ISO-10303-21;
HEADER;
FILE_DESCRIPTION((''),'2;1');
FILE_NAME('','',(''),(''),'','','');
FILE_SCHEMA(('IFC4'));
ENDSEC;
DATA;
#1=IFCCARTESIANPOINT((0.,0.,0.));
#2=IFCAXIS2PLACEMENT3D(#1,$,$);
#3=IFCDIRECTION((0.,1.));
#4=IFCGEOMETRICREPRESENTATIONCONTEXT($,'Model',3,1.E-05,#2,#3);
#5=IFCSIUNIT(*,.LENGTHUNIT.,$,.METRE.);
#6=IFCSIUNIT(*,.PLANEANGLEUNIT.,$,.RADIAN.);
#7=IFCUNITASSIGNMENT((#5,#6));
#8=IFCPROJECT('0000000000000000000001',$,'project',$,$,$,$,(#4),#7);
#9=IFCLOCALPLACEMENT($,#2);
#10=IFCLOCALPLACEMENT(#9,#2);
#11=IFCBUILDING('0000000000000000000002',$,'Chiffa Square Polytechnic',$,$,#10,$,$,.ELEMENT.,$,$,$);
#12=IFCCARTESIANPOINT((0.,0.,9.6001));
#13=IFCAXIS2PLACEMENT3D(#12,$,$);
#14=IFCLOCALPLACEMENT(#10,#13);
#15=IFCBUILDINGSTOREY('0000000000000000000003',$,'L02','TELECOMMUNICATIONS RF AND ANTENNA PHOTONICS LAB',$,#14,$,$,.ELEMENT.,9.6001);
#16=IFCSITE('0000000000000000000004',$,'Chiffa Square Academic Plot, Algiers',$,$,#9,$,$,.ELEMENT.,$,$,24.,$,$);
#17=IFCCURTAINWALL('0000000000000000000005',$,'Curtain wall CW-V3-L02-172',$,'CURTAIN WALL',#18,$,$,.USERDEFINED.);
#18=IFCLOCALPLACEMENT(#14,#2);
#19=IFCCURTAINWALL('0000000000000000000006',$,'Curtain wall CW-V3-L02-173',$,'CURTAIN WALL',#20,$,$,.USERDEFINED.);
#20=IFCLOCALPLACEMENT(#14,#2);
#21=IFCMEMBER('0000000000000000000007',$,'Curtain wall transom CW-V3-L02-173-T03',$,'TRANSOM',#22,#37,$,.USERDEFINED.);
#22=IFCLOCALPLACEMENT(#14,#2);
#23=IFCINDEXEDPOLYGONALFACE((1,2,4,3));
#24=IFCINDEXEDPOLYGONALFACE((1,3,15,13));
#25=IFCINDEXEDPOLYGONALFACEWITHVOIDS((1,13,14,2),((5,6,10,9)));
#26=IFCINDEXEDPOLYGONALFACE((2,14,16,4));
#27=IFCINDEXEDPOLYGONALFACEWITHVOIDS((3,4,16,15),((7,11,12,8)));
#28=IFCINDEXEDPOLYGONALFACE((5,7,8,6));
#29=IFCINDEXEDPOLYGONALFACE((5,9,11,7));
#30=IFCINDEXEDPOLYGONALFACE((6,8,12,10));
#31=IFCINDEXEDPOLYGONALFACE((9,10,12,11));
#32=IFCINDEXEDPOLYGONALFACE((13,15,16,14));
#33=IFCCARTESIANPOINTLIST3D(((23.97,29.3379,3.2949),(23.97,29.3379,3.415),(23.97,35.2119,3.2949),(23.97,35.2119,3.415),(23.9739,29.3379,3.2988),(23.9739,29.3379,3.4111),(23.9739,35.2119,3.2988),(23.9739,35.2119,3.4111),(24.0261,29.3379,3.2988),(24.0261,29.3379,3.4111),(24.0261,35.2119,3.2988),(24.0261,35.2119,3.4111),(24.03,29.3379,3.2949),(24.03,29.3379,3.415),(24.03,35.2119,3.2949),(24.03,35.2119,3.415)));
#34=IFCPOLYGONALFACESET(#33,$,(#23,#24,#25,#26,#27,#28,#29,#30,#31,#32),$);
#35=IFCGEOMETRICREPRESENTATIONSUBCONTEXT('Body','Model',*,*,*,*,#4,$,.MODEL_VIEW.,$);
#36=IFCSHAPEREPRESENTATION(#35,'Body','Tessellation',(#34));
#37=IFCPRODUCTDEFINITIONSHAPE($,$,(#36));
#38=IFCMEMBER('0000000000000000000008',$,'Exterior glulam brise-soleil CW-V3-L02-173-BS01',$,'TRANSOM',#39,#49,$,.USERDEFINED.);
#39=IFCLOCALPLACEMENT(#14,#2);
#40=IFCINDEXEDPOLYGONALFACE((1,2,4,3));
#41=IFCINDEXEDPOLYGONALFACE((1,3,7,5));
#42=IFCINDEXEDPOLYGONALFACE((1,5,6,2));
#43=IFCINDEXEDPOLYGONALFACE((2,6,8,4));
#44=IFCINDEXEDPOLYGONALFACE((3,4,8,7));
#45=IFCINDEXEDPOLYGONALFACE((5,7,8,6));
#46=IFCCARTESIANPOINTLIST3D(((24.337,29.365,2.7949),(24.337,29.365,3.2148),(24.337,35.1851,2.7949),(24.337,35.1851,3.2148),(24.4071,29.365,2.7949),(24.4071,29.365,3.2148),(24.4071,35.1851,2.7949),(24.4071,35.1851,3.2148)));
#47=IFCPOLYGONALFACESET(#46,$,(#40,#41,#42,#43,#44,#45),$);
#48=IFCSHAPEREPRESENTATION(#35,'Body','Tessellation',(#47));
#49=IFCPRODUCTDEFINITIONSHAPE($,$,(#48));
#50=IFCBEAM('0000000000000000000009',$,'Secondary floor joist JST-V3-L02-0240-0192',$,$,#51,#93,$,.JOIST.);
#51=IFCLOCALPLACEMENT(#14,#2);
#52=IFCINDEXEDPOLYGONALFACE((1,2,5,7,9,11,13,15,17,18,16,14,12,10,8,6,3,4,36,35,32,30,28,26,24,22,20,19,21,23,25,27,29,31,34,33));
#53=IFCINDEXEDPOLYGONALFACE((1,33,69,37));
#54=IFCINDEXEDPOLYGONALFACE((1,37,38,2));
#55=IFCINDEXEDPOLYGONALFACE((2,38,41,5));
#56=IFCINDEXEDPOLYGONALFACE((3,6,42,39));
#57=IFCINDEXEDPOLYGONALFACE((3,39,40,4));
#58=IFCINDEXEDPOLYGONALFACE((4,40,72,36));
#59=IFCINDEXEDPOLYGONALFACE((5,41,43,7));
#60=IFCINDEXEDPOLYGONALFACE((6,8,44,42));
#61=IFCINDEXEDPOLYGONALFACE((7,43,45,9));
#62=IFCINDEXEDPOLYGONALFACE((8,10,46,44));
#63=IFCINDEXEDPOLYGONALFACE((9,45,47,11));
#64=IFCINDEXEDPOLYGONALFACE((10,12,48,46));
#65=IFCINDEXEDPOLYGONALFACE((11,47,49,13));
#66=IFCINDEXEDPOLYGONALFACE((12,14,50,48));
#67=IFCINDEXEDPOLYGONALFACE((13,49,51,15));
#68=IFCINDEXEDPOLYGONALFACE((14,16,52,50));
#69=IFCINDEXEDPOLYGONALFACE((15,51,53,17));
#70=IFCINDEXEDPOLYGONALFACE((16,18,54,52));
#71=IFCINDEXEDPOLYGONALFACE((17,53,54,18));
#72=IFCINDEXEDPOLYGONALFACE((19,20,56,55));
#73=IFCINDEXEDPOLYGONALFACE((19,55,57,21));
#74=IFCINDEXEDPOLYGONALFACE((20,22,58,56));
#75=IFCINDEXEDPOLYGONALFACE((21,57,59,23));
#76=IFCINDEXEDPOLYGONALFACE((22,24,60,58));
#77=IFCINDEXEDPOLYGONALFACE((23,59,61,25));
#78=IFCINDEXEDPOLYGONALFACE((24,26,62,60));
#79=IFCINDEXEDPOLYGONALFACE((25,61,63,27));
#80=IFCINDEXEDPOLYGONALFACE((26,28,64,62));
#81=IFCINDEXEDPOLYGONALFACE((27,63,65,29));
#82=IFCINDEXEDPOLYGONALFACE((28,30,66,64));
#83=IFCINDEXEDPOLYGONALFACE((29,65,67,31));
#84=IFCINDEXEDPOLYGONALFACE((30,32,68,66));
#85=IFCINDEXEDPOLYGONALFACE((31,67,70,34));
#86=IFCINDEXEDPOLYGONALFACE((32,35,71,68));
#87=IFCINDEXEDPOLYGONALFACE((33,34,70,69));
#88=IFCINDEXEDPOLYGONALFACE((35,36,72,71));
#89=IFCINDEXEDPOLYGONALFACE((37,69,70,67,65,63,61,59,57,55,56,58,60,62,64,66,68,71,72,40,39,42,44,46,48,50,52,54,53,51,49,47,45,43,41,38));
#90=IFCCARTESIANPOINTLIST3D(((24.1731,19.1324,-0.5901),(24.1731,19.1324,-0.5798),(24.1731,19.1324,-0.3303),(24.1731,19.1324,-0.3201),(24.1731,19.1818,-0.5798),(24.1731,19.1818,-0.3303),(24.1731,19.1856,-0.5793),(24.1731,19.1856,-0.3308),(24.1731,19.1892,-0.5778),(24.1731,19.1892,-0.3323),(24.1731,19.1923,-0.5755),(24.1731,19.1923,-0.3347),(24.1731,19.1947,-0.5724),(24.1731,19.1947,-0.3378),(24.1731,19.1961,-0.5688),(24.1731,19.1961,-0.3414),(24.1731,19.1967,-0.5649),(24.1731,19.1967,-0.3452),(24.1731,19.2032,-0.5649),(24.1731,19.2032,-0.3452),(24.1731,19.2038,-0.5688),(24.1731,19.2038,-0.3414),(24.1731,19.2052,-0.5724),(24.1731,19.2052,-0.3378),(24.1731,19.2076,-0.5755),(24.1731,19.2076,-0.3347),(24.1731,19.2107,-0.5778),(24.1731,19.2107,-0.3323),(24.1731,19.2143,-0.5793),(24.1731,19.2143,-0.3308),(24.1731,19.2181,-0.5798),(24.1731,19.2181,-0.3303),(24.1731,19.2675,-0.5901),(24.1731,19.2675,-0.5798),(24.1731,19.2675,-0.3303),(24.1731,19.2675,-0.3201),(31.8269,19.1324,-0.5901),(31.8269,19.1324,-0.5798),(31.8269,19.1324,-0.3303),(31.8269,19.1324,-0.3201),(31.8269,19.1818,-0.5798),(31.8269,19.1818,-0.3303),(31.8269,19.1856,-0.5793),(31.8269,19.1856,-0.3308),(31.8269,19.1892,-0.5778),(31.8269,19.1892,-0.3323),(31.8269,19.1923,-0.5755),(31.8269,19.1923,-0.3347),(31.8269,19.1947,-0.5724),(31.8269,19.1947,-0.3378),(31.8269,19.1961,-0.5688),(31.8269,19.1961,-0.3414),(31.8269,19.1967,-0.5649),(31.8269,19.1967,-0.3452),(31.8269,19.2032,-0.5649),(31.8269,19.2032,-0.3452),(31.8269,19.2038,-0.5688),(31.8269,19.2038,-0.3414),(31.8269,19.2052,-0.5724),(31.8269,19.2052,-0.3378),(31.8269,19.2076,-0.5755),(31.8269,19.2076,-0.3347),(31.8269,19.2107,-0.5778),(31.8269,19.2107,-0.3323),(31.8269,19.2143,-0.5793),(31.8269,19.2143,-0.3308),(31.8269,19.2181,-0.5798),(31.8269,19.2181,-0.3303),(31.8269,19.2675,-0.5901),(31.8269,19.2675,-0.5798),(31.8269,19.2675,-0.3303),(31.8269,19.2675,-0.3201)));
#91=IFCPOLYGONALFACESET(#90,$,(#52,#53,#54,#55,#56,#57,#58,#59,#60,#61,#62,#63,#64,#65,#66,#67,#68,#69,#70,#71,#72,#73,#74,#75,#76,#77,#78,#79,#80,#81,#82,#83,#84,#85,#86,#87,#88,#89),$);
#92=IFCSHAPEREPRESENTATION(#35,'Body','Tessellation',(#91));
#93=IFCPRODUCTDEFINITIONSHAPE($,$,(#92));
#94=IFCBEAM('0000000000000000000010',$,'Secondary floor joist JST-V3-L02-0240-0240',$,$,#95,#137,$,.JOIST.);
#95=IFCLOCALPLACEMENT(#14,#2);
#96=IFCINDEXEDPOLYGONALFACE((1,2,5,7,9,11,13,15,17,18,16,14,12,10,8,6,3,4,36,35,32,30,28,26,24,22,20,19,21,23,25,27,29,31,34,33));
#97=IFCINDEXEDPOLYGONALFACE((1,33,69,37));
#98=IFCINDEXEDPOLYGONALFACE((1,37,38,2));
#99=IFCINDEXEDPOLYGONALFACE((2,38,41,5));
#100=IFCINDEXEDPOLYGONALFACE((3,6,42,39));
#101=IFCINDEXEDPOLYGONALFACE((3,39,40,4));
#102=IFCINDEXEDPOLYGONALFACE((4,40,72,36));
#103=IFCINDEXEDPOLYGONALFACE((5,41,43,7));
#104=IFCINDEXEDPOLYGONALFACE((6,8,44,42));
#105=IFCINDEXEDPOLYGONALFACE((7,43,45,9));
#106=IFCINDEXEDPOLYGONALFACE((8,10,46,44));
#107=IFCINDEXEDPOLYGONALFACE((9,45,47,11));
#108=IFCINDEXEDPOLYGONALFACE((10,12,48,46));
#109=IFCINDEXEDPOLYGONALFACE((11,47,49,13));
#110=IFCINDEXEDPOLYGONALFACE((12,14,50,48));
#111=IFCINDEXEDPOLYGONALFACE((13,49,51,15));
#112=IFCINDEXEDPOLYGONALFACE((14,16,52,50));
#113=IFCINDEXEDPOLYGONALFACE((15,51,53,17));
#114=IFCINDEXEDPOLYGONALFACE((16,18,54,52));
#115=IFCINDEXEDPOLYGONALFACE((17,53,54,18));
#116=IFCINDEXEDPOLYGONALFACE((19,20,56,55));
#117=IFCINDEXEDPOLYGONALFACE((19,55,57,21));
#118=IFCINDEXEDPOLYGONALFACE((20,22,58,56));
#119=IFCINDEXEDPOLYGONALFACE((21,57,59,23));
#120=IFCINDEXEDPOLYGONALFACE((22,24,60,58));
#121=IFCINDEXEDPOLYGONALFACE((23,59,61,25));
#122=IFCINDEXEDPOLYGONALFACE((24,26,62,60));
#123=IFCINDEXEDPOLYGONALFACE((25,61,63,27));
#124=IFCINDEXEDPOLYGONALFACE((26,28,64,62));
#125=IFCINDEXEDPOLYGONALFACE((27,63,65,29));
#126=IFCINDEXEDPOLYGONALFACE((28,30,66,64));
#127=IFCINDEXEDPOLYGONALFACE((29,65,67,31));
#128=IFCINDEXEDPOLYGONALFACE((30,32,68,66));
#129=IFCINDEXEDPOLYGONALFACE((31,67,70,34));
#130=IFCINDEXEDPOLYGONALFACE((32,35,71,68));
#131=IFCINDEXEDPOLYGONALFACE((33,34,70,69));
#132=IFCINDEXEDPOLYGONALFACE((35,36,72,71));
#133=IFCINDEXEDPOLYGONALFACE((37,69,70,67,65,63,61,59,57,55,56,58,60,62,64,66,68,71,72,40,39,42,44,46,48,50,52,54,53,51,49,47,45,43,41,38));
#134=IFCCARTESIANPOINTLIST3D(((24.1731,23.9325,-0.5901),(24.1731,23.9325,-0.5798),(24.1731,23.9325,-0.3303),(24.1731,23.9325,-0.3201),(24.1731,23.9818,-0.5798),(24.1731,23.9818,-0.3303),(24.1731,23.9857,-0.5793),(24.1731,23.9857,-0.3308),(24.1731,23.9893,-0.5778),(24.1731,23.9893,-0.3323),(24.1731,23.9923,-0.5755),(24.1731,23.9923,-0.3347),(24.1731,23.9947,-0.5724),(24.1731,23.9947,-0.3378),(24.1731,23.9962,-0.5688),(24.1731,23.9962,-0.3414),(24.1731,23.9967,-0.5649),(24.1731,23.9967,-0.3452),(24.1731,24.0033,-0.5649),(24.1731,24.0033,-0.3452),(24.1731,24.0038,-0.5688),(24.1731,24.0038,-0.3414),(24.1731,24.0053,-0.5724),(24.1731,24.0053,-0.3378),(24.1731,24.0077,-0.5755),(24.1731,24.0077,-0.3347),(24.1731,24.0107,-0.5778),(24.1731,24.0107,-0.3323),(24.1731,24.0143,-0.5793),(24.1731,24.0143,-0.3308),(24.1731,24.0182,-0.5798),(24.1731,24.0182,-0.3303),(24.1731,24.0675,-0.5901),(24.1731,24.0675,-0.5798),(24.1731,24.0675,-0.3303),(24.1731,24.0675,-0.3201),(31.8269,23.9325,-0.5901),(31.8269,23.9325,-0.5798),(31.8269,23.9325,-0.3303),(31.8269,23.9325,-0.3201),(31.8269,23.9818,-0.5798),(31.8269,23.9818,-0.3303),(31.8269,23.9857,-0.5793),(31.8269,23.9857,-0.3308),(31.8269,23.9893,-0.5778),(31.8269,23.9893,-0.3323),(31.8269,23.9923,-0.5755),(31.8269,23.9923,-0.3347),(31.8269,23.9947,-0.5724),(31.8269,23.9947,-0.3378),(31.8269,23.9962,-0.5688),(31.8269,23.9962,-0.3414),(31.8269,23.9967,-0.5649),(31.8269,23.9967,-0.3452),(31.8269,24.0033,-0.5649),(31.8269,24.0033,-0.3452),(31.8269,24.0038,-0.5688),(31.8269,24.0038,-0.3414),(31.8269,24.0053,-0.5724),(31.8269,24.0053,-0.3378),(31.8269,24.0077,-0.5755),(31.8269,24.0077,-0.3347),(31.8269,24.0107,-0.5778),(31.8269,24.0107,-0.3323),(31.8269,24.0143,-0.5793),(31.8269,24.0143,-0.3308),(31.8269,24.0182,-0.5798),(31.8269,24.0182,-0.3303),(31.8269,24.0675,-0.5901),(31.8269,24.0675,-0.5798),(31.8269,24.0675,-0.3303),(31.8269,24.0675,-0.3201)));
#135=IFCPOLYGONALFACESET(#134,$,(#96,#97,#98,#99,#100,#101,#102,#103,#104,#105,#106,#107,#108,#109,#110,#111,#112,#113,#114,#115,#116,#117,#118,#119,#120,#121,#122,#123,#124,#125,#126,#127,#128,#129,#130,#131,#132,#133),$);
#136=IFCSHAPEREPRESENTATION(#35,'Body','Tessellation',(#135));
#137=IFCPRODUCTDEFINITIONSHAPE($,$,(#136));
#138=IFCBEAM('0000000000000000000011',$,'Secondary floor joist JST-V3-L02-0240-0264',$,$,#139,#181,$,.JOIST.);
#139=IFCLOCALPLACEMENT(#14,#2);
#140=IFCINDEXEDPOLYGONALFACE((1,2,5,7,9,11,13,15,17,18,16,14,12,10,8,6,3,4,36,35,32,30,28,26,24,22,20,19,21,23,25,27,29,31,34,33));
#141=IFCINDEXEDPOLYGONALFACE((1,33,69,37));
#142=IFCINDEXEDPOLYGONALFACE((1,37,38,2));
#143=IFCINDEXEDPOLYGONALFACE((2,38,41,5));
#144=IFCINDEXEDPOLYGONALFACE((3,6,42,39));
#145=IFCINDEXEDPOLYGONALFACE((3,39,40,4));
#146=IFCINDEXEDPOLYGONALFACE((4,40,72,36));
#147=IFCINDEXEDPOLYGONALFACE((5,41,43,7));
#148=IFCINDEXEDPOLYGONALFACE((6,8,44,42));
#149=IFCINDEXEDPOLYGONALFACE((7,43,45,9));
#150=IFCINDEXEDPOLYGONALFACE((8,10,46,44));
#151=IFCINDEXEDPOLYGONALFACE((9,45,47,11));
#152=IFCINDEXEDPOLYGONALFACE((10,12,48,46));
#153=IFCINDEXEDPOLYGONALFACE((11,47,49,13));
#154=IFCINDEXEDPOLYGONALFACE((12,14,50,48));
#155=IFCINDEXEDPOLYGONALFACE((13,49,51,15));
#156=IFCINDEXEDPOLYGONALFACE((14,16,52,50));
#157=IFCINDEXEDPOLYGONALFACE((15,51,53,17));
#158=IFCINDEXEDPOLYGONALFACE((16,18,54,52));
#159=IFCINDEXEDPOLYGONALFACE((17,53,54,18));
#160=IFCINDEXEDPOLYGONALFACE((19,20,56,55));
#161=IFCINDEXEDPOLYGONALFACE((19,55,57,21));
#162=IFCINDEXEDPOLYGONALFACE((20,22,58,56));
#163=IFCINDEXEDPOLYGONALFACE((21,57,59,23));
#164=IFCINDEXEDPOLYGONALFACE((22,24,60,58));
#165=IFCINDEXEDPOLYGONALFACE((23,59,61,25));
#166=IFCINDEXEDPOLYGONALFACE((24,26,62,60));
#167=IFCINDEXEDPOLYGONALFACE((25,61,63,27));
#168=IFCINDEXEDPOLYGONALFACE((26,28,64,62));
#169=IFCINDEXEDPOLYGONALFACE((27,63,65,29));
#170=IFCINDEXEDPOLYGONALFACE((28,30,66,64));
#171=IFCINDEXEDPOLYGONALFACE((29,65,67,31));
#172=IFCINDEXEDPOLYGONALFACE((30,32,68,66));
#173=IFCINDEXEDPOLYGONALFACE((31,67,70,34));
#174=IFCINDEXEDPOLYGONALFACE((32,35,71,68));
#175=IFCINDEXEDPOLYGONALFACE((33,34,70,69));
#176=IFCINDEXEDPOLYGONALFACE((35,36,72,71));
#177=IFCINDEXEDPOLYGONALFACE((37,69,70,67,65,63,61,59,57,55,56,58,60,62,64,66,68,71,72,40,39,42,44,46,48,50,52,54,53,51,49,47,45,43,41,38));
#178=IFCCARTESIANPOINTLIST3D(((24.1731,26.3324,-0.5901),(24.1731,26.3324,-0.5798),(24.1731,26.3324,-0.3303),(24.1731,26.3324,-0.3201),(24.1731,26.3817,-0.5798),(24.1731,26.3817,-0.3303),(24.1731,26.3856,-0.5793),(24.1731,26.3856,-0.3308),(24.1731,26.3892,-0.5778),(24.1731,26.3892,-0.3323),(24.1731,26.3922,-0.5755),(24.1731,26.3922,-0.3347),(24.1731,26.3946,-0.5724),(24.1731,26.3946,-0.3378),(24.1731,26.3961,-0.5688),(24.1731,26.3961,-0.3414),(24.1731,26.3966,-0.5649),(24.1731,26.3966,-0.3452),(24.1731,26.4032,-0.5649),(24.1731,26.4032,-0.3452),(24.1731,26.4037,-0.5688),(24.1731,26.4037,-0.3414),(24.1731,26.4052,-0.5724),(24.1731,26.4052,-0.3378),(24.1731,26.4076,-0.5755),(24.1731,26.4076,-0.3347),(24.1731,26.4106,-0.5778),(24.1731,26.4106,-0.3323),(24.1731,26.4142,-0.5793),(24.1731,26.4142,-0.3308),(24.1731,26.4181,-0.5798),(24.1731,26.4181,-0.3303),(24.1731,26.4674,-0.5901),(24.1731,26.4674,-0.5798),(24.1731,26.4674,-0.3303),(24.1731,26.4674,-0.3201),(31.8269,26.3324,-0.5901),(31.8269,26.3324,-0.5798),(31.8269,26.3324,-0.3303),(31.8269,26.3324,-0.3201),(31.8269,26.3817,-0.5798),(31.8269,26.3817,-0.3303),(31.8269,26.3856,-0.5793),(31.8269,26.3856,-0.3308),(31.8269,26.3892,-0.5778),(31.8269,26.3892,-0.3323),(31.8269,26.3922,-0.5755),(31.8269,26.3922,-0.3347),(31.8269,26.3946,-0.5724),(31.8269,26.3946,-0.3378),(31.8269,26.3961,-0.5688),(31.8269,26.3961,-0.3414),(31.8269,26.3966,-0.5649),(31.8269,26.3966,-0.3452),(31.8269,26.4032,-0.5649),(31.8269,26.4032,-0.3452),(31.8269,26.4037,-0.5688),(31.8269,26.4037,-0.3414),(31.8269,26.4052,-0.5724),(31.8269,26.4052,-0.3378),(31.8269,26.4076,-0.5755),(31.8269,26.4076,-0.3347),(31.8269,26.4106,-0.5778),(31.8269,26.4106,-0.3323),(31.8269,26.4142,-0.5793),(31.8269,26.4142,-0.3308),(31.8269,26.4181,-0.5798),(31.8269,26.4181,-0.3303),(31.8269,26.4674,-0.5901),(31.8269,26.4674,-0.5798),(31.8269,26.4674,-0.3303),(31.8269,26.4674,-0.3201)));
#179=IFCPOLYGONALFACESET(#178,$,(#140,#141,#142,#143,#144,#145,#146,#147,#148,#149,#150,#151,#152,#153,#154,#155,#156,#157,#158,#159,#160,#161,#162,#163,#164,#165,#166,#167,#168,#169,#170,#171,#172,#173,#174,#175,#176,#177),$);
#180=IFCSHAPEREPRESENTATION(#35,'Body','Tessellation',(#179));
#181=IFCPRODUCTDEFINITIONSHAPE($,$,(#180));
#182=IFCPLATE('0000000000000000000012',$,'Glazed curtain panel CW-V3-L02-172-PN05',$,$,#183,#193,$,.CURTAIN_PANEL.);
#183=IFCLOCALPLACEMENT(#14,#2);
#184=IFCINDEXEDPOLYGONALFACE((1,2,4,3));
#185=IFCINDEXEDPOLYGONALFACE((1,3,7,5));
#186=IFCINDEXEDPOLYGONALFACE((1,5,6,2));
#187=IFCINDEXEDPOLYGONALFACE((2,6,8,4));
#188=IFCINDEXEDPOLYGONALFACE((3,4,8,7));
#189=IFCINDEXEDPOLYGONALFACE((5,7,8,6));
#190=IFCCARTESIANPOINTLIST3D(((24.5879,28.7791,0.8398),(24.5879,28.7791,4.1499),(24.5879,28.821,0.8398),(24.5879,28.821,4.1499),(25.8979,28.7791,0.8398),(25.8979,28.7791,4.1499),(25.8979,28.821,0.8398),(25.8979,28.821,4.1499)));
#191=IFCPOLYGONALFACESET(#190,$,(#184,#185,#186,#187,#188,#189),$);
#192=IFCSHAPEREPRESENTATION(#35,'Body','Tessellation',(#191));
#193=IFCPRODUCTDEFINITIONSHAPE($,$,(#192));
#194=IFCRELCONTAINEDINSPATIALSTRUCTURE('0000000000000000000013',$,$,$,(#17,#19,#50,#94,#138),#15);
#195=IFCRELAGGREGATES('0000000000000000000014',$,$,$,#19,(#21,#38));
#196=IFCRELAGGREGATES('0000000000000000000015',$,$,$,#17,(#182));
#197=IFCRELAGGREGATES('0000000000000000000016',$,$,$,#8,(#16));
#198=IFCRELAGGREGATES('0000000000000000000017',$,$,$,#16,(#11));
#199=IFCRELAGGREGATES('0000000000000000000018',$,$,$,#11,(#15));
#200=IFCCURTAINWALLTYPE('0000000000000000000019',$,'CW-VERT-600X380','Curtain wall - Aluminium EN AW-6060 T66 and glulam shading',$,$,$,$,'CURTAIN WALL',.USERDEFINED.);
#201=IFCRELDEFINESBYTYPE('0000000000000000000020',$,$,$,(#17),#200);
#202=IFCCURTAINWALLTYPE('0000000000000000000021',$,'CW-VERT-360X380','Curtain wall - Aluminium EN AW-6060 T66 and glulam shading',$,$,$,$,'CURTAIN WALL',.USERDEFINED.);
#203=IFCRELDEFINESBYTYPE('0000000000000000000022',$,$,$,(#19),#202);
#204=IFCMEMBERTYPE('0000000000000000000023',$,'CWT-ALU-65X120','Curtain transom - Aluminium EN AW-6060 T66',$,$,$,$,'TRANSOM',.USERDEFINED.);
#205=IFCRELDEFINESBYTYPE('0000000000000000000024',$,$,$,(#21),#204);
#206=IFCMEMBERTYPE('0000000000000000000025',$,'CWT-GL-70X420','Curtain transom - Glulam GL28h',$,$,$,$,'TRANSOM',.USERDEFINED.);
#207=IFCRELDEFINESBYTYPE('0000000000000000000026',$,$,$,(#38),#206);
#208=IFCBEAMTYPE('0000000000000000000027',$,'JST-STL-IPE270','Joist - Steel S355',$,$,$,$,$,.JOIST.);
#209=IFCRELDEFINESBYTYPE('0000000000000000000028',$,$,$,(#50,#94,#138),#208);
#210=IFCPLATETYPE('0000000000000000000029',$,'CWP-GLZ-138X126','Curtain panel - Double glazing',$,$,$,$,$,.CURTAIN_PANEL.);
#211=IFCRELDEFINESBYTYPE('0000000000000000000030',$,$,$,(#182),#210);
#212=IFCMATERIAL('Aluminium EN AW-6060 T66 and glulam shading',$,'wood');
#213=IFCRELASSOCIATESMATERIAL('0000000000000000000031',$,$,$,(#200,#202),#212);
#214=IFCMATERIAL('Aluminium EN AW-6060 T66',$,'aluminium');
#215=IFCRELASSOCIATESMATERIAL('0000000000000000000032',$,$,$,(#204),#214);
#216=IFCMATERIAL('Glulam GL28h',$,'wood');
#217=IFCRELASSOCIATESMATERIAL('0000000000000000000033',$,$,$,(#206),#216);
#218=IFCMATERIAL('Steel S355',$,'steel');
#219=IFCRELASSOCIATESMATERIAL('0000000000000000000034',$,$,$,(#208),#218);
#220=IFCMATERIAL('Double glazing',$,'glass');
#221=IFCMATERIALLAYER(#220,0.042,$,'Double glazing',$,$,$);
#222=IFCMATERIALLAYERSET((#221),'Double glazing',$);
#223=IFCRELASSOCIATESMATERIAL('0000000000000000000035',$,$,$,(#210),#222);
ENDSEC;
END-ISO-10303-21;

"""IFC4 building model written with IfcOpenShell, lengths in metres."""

from ifc_helpers import new_model, si_unit, direction, frame, origin, origin_2d, place, context, subcontext, project, spatial, rectangle, hollow_rectangle, i_section, extrude, material, layer, layer_set, material_profile, profile_set, type_object, element, aggregate, save


model = new_model("IFC4")

# Units and contexts
model_context = context("Model", 3, precision=1e-05, world=origin(), true_north=direction((0.0, 1.0)))
body_context = subcontext(model_context, "Body", "Model", "MODEL_VIEW")
ifc_project = project(units=[si_unit("LENGTHUNIT", "METRE"), si_unit("PLANEANGLEUNIT", "RADIAN")], contexts=[model_context])

# Site, building, storey
site_placement = place(None, origin())
site = spatial("IfcSite", under=ifc_project, at=site_placement, Name="Chiffa Square Academic Plot, Algiers", CompositionType="ELEMENT", RefElevation=24.0)
building_placement = place(site_placement, origin())
building = spatial("IfcBuilding", under=site, at=building_placement, Name="Chiffa Square Polytechnic", CompositionType="ELEMENT")
storey_placement = place(building_placement, frame((0.0, 0.0, 9.6001)))
storey = spatial("IfcBuildingStorey", under=building, at=storey_placement, Name="L02", Description="TELECOMMUNICATIONS RF AND ANTENNA PHOTONICS LAB", CompositionType="ELEMENT", Elevation=9.6001)

# Curtain walls
ifc_material_1 = material(Name="Aluminium EN AW-6060 T66 and glulam shading", Category="wood")
curtain_wall_type_1 = type_object("IfcCurtainWallType", Name="CW-VERT-600X380", Description="Curtain wall - Aluminium EN AW-6060 T66 and glulam shading", ElementType="CURTAIN WALL", PredefinedType="USERDEFINED", material=ifc_material_1)
curtain_wall_1_placement = place(storey_placement, origin())
curtain_wall_1 = element("IfcCurtainWall", 1, at=curtain_wall_1_placement, inside=storey, type_object=curtain_wall_type_1, Name="Curtain wall CW-V3-L02-172", ObjectType="CURTAIN WALL", PredefinedType="USERDEFINED")
ifc_material_2 = material(Name="Aluminium EN AW-6060 T66", Category="aluminium")
curtain_wall_type_2 = type_object("IfcCurtainWallType", Name="CW-VERT-360X380", Description="Curtain wall - Aluminium EN AW-6060 T66 and glulam shading", ElementType="CURTAIN WALL", PredefinedType="USERDEFINED", material=ifc_material_1)
curtain_wall_2_placement = place(storey_placement, origin())
curtain_wall_2 = element("IfcCurtainWall", 2, at=curtain_wall_2_placement, inside=storey, type_object=curtain_wall_type_2, Name="Curtain wall CW-V3-L02-173", ObjectType="CURTAIN WALL", PredefinedType="USERDEFINED")

# Members
ifc_material_3 = material(Name="Glulam GL28h", Category="wood")
ifc_material_profile_1 = material_profile(ifc_material_2, hollow_rectangle(XDim=0.0601, YDim=0.1201, WallThickness=0.0039, at=origin_2d()), Name="ALU 60x120x4")
ifc_profile_set_1 = profile_set([ifc_material_profile_1], Name="Aluminium EN AW-6060 T66")
member_type_1 = type_object("IfcMemberType", Name="CWT-ALU-65X120", Description="Curtain transom - Aluminium EN AW-6060 T66", ElementType="TRANSOM", PredefinedType="USERDEFINED", material=ifc_profile_set_1)
member_1_placement = place(storey_placement, frame((24.0, 29.3379, 3.355), z_axis=(0.0, 1.0, 0.0), x_axis=(-1.0, 0.0, 0.0)))
member_1 = element("IfcMember", 3, at=member_1_placement, type_object=member_type_1, Name="Curtain wall transom CW-V3-L02-173-T03", ObjectType="TRANSOM", PredefinedType="USERDEFINED", context=body_context, shape_type="SweptSolid", body=[
    extrude(hollow_rectangle(XDim=0.0601, YDim=0.1201, WallThickness=0.0039, at=origin_2d()), origin(), (0.0, 0.0, 1.0), 5.874),
])
ifc_material_profile_2 = material_profile(ifc_material_3, rectangle(XDim=0.0701, YDim=0.4199, at=origin_2d()), Name="GL28h 70x420")
ifc_profile_set_2 = profile_set([ifc_material_profile_2], Name="Glulam GL28h")
member_type_2 = type_object("IfcMemberType", Name="CWT-GL-70X420", Description="Curtain transom - Glulam GL28h", ElementType="TRANSOM", PredefinedType="USERDEFINED", material=ifc_profile_set_2)
member_2_placement = place(storey_placement, frame((24.3721, 29.365, 3.0049), z_axis=(0.0, 1.0, 0.0), x_axis=(-1.0, 0.0, 0.0)))
member_2 = element("IfcMember", 4, at=member_2_placement, type_object=member_type_2, Name="Exterior glulam brise-soleil CW-V3-L02-173-BS01", ObjectType="TRANSOM", PredefinedType="USERDEFINED", context=body_context, shape_type="SweptSolid", body=[
    extrude(rectangle(XDim=0.0701, YDim=0.4199, at=origin_2d()), origin(), (0.0, 0.0, 1.0), 5.8201),
])
aggregate(curtain_wall_2, [member_1, member_2])

# Beams
ifc_material_4 = material(Name="Steel S355", Category="steel")
ifc_material_profile_3 = material_profile(ifc_material_4, i_section(OverallWidth=0.135, OverallDepth=0.27, WebThickness=0.0066, FlangeThickness=0.0103, FilletRadius=0.0149, at=origin_2d()), Name="IPE 270")
ifc_profile_set_3 = profile_set([ifc_material_profile_3], Name="Steel S355")
beam_type_1 = type_object("IfcBeamType", Name="JST-STL-IPE270", Description="Joist - Steel S355", PredefinedType="JOIST", material=ifc_profile_set_3)
for number, where, z_axis, x_axis, name in (
    (5, (24.1731, 19.2, -0.4551), (1.0, 0.0, 0.0), (0.0, 1.0, 0.0), "Secondary floor joist JST-V3-L02-0240-0192"),
    (6, (24.1731, 24.0, -0.4551), (1.0, 0.0, 0.0), (0.0, 1.0, 0.0), "Secondary floor joist JST-V3-L02-0240-0240"),
    (7, (24.1731, 26.3999, -0.4551), (1.0, 0.0, 0.0), (0.0, 1.0, 0.0), "Secondary floor joist JST-V3-L02-0240-0264"),
):
    element("IfcBeam", number, at=place(storey_placement, frame(where, z_axis=z_axis, x_axis=x_axis)), inside=storey, type_object=beam_type_1, Name=name, PredefinedType="JOIST", context=body_context, shape_type="SweptSolid", body=[
        extrude(i_section(OverallWidth=0.135, OverallDepth=0.27, WebThickness=0.0066, FlangeThickness=0.0103, FilletRadius=0.0149, at=origin_2d()), origin(), (0.0, 0.0, 1.0), 7.6538),
    ])

# Plate
ifc_material_5 = material(Name="Double glazing", Category="glass")
ifc_layer_1 = layer(ifc_material_5, 0.042, Name="Double glazing")
ifc_layer_set_1 = layer_set([ifc_layer_1], Name="Double glazing")
plate_type_1 = type_object("IfcPlateType", Name="CWP-GLZ-138X126", Description="Curtain panel - Double glazing", PredefinedType="CURTAIN_PANEL", material=ifc_layer_set_1)
plate_1_placement = place(storey_placement, frame((25.2429, 28.8, 0.8398), z_axis=(0.0, 0.0, 1.0), x_axis=(-1.0, 0.0, 0.0)))
plate_1 = element("IfcPlate", 8, at=plate_1_placement, type_object=plate_type_1, Name="Glazed curtain panel CW-V3-L02-172-PN05", PredefinedType="CURTAIN_PANEL", context=body_context, shape_type="SweptSolid", body=[
    extrude(rectangle(XDim=1.3101, YDim=0.042, at=origin_2d()), origin(), (0.0, 0.0, 1.0), 3.3101),
])
aggregate(curtain_wall_1, [plate_1])

save(model, "model.ifc")
